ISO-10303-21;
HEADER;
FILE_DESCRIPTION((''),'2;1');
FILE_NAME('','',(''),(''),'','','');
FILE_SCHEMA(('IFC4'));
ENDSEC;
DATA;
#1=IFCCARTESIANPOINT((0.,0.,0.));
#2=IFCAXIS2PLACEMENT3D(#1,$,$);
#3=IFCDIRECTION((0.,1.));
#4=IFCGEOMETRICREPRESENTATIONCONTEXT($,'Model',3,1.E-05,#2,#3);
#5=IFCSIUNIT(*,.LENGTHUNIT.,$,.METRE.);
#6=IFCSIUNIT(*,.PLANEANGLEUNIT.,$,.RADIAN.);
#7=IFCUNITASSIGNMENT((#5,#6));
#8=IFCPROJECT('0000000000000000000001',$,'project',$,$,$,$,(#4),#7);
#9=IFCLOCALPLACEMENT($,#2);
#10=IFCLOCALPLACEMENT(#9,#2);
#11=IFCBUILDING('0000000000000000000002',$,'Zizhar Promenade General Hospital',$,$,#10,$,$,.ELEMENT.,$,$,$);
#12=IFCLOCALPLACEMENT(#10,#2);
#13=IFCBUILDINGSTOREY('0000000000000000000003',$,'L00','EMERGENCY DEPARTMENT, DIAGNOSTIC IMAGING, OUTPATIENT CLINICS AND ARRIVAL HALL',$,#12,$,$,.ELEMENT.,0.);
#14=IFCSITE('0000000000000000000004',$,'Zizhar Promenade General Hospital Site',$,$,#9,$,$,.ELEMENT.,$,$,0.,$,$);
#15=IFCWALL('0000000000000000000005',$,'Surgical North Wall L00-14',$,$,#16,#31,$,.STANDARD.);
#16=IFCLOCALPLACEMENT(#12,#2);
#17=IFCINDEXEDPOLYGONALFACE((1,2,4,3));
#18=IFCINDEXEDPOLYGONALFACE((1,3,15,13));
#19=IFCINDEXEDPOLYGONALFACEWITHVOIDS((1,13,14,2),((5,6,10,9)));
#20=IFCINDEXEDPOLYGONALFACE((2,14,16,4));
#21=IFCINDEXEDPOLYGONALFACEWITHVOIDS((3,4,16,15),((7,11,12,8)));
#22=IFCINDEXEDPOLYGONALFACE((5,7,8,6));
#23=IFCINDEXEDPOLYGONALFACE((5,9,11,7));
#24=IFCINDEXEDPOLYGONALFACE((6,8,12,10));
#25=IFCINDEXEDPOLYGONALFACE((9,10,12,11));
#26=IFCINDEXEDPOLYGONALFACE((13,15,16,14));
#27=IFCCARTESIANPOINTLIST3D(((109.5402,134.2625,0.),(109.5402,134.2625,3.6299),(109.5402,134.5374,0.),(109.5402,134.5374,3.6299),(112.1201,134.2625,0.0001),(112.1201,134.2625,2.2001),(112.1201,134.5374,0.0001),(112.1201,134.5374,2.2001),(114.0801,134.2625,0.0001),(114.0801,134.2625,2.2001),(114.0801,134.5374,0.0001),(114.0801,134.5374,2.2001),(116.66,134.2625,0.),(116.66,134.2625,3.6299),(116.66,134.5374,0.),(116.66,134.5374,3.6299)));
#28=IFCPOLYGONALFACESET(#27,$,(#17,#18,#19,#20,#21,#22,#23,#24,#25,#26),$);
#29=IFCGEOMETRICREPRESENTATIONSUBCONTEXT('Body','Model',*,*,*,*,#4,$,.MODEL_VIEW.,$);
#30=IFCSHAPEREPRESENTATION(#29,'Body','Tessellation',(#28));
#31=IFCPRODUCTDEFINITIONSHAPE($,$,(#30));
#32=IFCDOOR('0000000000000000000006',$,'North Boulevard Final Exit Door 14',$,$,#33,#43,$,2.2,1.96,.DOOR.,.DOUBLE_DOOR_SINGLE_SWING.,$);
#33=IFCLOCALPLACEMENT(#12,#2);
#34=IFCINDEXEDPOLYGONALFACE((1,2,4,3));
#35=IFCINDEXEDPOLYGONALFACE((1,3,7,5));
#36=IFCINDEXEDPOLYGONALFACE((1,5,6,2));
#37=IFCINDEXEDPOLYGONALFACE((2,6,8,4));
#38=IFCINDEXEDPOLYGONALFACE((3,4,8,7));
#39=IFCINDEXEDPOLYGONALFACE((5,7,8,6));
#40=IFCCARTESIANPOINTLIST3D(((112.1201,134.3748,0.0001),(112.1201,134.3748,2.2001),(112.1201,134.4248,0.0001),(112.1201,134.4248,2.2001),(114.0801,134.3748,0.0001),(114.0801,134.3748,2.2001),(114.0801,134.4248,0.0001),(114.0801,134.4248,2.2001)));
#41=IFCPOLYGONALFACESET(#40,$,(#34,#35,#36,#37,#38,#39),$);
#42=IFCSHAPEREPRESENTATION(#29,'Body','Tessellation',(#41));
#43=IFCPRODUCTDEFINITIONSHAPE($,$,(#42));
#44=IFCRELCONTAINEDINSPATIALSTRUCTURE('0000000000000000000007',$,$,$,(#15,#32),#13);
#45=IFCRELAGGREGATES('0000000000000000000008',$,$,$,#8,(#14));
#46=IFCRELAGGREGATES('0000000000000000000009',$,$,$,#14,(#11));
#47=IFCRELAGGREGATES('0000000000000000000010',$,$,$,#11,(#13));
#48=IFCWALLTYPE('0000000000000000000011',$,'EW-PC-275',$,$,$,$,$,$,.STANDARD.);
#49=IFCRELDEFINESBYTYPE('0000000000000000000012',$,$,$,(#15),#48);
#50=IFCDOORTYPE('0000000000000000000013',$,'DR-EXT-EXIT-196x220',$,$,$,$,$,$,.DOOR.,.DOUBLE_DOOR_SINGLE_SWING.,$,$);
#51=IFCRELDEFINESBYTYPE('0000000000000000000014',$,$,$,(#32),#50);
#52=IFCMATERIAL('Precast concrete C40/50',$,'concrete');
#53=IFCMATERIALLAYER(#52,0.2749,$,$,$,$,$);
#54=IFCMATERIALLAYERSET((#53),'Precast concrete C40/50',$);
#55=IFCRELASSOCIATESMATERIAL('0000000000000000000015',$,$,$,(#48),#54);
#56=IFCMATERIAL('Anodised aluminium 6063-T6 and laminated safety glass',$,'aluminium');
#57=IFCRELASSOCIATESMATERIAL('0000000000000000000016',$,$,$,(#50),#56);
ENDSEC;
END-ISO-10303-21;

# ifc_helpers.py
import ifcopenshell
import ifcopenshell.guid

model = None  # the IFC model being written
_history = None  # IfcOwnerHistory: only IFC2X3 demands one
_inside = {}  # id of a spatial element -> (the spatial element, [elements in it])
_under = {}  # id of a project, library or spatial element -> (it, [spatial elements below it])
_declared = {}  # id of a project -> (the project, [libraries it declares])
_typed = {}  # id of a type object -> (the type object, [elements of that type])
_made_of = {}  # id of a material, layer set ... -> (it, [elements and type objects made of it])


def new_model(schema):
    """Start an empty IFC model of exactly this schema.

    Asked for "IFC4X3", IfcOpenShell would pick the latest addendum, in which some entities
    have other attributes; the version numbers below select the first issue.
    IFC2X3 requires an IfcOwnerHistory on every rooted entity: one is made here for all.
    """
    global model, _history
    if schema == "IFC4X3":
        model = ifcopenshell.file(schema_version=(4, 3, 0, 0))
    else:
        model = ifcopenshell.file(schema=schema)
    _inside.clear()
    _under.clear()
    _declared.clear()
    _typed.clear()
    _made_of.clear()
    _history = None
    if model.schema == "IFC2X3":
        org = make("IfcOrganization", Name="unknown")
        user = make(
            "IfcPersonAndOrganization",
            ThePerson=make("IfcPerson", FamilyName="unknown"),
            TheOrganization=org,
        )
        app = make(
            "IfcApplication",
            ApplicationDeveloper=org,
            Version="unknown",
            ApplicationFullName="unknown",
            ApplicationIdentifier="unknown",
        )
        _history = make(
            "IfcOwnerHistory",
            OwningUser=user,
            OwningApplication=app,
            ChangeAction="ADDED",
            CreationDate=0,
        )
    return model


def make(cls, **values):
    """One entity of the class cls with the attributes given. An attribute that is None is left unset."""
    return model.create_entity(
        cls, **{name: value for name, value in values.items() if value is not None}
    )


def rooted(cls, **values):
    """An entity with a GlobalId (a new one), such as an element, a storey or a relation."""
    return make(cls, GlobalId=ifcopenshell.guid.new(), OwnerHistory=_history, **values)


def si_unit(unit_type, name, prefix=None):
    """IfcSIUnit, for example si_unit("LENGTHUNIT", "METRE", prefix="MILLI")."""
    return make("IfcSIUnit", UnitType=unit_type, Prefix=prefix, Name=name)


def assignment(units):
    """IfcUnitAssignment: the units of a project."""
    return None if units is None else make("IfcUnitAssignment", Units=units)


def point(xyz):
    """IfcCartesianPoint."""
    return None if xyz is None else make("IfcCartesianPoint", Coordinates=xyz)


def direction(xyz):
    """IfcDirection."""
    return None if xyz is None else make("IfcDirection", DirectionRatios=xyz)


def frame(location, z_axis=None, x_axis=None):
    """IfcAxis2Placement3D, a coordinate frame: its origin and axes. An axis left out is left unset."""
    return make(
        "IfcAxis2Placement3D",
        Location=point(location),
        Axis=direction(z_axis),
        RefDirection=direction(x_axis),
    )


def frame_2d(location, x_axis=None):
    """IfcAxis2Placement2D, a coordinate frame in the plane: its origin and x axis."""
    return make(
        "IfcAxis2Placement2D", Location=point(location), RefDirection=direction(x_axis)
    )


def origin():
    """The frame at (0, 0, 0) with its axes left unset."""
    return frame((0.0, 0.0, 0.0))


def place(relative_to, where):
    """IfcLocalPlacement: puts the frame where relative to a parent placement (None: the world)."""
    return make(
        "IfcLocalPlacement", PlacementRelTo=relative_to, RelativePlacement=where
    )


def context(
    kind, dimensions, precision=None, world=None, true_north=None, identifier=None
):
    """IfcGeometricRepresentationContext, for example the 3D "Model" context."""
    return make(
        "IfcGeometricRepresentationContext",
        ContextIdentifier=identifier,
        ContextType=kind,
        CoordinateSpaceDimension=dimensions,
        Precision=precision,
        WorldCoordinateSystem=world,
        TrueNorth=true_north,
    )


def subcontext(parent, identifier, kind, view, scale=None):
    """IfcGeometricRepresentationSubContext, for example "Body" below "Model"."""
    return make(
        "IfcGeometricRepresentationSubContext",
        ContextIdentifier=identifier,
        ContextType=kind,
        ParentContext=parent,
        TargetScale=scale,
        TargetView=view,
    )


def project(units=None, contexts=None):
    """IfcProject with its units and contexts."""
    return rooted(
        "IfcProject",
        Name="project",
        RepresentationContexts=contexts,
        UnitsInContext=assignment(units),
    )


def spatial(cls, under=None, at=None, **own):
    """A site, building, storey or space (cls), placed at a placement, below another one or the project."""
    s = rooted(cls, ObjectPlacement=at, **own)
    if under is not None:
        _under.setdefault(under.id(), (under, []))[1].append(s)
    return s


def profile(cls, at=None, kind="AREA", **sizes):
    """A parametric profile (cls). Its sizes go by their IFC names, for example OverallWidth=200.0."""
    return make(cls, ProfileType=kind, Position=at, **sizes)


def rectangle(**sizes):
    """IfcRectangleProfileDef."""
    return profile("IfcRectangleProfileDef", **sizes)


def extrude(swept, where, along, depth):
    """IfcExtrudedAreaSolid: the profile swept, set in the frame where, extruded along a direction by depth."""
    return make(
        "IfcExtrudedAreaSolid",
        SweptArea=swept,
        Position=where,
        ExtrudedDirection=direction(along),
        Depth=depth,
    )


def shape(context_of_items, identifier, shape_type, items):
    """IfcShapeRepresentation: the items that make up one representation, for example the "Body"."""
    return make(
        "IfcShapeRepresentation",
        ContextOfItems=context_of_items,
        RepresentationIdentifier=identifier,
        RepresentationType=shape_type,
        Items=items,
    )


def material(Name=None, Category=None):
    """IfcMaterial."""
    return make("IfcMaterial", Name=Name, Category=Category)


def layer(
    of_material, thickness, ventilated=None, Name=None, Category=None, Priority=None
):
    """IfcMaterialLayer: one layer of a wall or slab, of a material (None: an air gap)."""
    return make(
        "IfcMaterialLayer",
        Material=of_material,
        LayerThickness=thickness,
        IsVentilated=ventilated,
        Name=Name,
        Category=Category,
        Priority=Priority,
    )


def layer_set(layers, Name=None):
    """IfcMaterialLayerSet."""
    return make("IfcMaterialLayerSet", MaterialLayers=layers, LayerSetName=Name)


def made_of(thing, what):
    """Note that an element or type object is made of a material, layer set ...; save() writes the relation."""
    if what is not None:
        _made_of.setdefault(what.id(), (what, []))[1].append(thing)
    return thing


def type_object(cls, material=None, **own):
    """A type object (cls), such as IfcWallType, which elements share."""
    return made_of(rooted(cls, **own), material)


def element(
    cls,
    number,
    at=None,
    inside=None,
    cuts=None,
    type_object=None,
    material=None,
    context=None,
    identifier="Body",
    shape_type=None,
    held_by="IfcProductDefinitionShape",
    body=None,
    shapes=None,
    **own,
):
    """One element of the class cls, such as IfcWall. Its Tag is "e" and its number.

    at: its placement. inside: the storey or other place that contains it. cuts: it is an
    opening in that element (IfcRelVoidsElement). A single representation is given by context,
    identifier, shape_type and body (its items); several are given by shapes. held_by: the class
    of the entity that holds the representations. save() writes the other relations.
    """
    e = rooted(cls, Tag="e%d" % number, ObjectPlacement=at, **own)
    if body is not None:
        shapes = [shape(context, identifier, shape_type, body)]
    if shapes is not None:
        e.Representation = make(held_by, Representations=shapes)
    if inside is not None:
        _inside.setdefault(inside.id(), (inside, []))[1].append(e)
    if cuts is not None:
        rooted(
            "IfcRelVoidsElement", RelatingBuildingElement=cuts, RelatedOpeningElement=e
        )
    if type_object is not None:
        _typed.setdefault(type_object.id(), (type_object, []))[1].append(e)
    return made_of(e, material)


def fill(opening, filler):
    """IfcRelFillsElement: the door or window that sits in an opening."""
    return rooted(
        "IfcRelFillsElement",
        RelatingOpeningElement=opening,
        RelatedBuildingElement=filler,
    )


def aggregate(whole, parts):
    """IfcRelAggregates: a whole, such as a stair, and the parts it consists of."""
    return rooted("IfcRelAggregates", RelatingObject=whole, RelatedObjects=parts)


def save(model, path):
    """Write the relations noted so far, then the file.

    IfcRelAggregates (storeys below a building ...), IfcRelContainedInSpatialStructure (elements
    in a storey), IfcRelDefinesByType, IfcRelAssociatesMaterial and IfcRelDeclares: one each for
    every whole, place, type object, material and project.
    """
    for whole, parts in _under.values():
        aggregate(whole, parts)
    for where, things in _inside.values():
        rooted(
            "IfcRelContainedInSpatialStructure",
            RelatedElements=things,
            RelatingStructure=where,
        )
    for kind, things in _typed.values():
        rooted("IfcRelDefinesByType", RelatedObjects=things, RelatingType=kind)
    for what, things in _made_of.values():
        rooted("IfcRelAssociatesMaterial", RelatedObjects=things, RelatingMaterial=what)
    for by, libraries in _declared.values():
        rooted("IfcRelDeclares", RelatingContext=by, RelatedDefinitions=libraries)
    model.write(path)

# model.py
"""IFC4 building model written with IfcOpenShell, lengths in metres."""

from ifc_helpers import new_model, si_unit, direction, frame, frame_2d, origin, place, context, subcontext, project, spatial, rectangle, extrude, material, layer, layer_set, type_object, element, fill, save


model = new_model("IFC4")

# Units and contexts
model_context = context("Model", 3, precision=1e-05, world=origin(), true_north=direction((0.0, 1.0)))
body_context = subcontext(model_context, "Body", "Model", "MODEL_VIEW")
ifc_project = project(units=[si_unit("LENGTHUNIT", "METRE"), si_unit("PLANEANGLEUNIT", "RADIAN")], contexts=[model_context])

# Site, building, storey
site_placement = place(None, origin())
site = spatial("IfcSite", under=ifc_project, at=site_placement, Name="Zizhar Promenade General Hospital Site", CompositionType="ELEMENT", RefElevation=0.0)
building_placement = place(site_placement, origin())
building = spatial("IfcBuilding", under=site, at=building_placement, Name="Zizhar Promenade General Hospital", CompositionType="ELEMENT")
storey_placement = place(building_placement, origin())
storey = spatial("IfcBuildingStorey", under=building, at=storey_placement, Name="L00", Description="EMERGENCY DEPARTMENT, DIAGNOSTIC IMAGING, OUTPATIENT CLINICS AND ARRIVAL HALL", CompositionType="ELEMENT", Elevation=0.0)

# Wall, opening, door
ifc_material_1 = material(Name="Precast concrete C40/50", Category="concrete")
ifc_layer_1 = layer(ifc_material_1, 0.2749)
ifc_layer_set_1 = layer_set([ifc_layer_1], Name="Precast concrete C40/50")
wall_type = type_object("IfcWallType", Name="EW-PC-275", PredefinedType="STANDARD", material=ifc_layer_set_1)
wall_placement = place(storey_placement, frame((109.54, 134.3999, 0.0), z_axis=(0.0, 0.0, 1.0), x_axis=(1.0, 0.0, 0.0)))
wall = element("IfcWall", 1, at=wall_placement, inside=storey, type_object=wall_type, Name="Surgical North Wall L00-14", PredefinedType="STANDARD", context=body_context, shape_type="SweptSolid", body=[
    extrude(rectangle(XDim=7.1199, YDim=0.2749, at=frame_2d((3.5601, 0.0))), origin(), (0.0, 0.0, 1.0), 3.6299),
])
opening_placement = place(wall_placement, frame((2.5801, 0.0, 0.0)))
opening = element("IfcOpeningElement", 2, at=opening_placement, cuts=wall, PredefinedType="OPENING", context=body_context, shape_type="SweptSolid", body=[
    extrude(rectangle(XDim=1.96, YDim=2.2, at=frame_2d((0.98, 1.1001))), frame((0.0, 0.1475, 0.0), z_axis=(0.0, -1.0, 0.0), x_axis=(1.0, 0.0, 0.0)), (0.0, 0.0, 1.0), 0.2949),
])
ifc_material_2 = material(Name="Anodised aluminium 6063-T6 and laminated safety glass", Category="aluminium")
door_type = type_object("IfcDoorType", Name="DR-EXT-EXIT-196x220", OperationType="DOUBLE_DOOR_SINGLE_SWING", PredefinedType="DOOR", material=ifc_material_2)
door_placement = place(opening_placement, origin())
door = element("IfcDoor", 3, at=door_placement, inside=storey, type_object=door_type, Name="North Boulevard Final Exit Door 14", OperationType="DOUBLE_DOOR_SINGLE_SWING", OverallHeight=2.2, OverallWidth=1.96, PredefinedType="DOOR", context=body_context, shape_type="SweptSolid", body=[
    extrude(rectangle(XDim=1.96, YDim=2.2, at=frame_2d((0.98, 1.1001))), frame((0.0, 0.0249, 0.0), z_axis=(0.0, -1.0, 0.0), x_axis=(1.0, 0.0, 0.0)), (0.0, 0.0, 1.0), 0.05),
])
fill(opening, door)

save(model, "model.ifc")
